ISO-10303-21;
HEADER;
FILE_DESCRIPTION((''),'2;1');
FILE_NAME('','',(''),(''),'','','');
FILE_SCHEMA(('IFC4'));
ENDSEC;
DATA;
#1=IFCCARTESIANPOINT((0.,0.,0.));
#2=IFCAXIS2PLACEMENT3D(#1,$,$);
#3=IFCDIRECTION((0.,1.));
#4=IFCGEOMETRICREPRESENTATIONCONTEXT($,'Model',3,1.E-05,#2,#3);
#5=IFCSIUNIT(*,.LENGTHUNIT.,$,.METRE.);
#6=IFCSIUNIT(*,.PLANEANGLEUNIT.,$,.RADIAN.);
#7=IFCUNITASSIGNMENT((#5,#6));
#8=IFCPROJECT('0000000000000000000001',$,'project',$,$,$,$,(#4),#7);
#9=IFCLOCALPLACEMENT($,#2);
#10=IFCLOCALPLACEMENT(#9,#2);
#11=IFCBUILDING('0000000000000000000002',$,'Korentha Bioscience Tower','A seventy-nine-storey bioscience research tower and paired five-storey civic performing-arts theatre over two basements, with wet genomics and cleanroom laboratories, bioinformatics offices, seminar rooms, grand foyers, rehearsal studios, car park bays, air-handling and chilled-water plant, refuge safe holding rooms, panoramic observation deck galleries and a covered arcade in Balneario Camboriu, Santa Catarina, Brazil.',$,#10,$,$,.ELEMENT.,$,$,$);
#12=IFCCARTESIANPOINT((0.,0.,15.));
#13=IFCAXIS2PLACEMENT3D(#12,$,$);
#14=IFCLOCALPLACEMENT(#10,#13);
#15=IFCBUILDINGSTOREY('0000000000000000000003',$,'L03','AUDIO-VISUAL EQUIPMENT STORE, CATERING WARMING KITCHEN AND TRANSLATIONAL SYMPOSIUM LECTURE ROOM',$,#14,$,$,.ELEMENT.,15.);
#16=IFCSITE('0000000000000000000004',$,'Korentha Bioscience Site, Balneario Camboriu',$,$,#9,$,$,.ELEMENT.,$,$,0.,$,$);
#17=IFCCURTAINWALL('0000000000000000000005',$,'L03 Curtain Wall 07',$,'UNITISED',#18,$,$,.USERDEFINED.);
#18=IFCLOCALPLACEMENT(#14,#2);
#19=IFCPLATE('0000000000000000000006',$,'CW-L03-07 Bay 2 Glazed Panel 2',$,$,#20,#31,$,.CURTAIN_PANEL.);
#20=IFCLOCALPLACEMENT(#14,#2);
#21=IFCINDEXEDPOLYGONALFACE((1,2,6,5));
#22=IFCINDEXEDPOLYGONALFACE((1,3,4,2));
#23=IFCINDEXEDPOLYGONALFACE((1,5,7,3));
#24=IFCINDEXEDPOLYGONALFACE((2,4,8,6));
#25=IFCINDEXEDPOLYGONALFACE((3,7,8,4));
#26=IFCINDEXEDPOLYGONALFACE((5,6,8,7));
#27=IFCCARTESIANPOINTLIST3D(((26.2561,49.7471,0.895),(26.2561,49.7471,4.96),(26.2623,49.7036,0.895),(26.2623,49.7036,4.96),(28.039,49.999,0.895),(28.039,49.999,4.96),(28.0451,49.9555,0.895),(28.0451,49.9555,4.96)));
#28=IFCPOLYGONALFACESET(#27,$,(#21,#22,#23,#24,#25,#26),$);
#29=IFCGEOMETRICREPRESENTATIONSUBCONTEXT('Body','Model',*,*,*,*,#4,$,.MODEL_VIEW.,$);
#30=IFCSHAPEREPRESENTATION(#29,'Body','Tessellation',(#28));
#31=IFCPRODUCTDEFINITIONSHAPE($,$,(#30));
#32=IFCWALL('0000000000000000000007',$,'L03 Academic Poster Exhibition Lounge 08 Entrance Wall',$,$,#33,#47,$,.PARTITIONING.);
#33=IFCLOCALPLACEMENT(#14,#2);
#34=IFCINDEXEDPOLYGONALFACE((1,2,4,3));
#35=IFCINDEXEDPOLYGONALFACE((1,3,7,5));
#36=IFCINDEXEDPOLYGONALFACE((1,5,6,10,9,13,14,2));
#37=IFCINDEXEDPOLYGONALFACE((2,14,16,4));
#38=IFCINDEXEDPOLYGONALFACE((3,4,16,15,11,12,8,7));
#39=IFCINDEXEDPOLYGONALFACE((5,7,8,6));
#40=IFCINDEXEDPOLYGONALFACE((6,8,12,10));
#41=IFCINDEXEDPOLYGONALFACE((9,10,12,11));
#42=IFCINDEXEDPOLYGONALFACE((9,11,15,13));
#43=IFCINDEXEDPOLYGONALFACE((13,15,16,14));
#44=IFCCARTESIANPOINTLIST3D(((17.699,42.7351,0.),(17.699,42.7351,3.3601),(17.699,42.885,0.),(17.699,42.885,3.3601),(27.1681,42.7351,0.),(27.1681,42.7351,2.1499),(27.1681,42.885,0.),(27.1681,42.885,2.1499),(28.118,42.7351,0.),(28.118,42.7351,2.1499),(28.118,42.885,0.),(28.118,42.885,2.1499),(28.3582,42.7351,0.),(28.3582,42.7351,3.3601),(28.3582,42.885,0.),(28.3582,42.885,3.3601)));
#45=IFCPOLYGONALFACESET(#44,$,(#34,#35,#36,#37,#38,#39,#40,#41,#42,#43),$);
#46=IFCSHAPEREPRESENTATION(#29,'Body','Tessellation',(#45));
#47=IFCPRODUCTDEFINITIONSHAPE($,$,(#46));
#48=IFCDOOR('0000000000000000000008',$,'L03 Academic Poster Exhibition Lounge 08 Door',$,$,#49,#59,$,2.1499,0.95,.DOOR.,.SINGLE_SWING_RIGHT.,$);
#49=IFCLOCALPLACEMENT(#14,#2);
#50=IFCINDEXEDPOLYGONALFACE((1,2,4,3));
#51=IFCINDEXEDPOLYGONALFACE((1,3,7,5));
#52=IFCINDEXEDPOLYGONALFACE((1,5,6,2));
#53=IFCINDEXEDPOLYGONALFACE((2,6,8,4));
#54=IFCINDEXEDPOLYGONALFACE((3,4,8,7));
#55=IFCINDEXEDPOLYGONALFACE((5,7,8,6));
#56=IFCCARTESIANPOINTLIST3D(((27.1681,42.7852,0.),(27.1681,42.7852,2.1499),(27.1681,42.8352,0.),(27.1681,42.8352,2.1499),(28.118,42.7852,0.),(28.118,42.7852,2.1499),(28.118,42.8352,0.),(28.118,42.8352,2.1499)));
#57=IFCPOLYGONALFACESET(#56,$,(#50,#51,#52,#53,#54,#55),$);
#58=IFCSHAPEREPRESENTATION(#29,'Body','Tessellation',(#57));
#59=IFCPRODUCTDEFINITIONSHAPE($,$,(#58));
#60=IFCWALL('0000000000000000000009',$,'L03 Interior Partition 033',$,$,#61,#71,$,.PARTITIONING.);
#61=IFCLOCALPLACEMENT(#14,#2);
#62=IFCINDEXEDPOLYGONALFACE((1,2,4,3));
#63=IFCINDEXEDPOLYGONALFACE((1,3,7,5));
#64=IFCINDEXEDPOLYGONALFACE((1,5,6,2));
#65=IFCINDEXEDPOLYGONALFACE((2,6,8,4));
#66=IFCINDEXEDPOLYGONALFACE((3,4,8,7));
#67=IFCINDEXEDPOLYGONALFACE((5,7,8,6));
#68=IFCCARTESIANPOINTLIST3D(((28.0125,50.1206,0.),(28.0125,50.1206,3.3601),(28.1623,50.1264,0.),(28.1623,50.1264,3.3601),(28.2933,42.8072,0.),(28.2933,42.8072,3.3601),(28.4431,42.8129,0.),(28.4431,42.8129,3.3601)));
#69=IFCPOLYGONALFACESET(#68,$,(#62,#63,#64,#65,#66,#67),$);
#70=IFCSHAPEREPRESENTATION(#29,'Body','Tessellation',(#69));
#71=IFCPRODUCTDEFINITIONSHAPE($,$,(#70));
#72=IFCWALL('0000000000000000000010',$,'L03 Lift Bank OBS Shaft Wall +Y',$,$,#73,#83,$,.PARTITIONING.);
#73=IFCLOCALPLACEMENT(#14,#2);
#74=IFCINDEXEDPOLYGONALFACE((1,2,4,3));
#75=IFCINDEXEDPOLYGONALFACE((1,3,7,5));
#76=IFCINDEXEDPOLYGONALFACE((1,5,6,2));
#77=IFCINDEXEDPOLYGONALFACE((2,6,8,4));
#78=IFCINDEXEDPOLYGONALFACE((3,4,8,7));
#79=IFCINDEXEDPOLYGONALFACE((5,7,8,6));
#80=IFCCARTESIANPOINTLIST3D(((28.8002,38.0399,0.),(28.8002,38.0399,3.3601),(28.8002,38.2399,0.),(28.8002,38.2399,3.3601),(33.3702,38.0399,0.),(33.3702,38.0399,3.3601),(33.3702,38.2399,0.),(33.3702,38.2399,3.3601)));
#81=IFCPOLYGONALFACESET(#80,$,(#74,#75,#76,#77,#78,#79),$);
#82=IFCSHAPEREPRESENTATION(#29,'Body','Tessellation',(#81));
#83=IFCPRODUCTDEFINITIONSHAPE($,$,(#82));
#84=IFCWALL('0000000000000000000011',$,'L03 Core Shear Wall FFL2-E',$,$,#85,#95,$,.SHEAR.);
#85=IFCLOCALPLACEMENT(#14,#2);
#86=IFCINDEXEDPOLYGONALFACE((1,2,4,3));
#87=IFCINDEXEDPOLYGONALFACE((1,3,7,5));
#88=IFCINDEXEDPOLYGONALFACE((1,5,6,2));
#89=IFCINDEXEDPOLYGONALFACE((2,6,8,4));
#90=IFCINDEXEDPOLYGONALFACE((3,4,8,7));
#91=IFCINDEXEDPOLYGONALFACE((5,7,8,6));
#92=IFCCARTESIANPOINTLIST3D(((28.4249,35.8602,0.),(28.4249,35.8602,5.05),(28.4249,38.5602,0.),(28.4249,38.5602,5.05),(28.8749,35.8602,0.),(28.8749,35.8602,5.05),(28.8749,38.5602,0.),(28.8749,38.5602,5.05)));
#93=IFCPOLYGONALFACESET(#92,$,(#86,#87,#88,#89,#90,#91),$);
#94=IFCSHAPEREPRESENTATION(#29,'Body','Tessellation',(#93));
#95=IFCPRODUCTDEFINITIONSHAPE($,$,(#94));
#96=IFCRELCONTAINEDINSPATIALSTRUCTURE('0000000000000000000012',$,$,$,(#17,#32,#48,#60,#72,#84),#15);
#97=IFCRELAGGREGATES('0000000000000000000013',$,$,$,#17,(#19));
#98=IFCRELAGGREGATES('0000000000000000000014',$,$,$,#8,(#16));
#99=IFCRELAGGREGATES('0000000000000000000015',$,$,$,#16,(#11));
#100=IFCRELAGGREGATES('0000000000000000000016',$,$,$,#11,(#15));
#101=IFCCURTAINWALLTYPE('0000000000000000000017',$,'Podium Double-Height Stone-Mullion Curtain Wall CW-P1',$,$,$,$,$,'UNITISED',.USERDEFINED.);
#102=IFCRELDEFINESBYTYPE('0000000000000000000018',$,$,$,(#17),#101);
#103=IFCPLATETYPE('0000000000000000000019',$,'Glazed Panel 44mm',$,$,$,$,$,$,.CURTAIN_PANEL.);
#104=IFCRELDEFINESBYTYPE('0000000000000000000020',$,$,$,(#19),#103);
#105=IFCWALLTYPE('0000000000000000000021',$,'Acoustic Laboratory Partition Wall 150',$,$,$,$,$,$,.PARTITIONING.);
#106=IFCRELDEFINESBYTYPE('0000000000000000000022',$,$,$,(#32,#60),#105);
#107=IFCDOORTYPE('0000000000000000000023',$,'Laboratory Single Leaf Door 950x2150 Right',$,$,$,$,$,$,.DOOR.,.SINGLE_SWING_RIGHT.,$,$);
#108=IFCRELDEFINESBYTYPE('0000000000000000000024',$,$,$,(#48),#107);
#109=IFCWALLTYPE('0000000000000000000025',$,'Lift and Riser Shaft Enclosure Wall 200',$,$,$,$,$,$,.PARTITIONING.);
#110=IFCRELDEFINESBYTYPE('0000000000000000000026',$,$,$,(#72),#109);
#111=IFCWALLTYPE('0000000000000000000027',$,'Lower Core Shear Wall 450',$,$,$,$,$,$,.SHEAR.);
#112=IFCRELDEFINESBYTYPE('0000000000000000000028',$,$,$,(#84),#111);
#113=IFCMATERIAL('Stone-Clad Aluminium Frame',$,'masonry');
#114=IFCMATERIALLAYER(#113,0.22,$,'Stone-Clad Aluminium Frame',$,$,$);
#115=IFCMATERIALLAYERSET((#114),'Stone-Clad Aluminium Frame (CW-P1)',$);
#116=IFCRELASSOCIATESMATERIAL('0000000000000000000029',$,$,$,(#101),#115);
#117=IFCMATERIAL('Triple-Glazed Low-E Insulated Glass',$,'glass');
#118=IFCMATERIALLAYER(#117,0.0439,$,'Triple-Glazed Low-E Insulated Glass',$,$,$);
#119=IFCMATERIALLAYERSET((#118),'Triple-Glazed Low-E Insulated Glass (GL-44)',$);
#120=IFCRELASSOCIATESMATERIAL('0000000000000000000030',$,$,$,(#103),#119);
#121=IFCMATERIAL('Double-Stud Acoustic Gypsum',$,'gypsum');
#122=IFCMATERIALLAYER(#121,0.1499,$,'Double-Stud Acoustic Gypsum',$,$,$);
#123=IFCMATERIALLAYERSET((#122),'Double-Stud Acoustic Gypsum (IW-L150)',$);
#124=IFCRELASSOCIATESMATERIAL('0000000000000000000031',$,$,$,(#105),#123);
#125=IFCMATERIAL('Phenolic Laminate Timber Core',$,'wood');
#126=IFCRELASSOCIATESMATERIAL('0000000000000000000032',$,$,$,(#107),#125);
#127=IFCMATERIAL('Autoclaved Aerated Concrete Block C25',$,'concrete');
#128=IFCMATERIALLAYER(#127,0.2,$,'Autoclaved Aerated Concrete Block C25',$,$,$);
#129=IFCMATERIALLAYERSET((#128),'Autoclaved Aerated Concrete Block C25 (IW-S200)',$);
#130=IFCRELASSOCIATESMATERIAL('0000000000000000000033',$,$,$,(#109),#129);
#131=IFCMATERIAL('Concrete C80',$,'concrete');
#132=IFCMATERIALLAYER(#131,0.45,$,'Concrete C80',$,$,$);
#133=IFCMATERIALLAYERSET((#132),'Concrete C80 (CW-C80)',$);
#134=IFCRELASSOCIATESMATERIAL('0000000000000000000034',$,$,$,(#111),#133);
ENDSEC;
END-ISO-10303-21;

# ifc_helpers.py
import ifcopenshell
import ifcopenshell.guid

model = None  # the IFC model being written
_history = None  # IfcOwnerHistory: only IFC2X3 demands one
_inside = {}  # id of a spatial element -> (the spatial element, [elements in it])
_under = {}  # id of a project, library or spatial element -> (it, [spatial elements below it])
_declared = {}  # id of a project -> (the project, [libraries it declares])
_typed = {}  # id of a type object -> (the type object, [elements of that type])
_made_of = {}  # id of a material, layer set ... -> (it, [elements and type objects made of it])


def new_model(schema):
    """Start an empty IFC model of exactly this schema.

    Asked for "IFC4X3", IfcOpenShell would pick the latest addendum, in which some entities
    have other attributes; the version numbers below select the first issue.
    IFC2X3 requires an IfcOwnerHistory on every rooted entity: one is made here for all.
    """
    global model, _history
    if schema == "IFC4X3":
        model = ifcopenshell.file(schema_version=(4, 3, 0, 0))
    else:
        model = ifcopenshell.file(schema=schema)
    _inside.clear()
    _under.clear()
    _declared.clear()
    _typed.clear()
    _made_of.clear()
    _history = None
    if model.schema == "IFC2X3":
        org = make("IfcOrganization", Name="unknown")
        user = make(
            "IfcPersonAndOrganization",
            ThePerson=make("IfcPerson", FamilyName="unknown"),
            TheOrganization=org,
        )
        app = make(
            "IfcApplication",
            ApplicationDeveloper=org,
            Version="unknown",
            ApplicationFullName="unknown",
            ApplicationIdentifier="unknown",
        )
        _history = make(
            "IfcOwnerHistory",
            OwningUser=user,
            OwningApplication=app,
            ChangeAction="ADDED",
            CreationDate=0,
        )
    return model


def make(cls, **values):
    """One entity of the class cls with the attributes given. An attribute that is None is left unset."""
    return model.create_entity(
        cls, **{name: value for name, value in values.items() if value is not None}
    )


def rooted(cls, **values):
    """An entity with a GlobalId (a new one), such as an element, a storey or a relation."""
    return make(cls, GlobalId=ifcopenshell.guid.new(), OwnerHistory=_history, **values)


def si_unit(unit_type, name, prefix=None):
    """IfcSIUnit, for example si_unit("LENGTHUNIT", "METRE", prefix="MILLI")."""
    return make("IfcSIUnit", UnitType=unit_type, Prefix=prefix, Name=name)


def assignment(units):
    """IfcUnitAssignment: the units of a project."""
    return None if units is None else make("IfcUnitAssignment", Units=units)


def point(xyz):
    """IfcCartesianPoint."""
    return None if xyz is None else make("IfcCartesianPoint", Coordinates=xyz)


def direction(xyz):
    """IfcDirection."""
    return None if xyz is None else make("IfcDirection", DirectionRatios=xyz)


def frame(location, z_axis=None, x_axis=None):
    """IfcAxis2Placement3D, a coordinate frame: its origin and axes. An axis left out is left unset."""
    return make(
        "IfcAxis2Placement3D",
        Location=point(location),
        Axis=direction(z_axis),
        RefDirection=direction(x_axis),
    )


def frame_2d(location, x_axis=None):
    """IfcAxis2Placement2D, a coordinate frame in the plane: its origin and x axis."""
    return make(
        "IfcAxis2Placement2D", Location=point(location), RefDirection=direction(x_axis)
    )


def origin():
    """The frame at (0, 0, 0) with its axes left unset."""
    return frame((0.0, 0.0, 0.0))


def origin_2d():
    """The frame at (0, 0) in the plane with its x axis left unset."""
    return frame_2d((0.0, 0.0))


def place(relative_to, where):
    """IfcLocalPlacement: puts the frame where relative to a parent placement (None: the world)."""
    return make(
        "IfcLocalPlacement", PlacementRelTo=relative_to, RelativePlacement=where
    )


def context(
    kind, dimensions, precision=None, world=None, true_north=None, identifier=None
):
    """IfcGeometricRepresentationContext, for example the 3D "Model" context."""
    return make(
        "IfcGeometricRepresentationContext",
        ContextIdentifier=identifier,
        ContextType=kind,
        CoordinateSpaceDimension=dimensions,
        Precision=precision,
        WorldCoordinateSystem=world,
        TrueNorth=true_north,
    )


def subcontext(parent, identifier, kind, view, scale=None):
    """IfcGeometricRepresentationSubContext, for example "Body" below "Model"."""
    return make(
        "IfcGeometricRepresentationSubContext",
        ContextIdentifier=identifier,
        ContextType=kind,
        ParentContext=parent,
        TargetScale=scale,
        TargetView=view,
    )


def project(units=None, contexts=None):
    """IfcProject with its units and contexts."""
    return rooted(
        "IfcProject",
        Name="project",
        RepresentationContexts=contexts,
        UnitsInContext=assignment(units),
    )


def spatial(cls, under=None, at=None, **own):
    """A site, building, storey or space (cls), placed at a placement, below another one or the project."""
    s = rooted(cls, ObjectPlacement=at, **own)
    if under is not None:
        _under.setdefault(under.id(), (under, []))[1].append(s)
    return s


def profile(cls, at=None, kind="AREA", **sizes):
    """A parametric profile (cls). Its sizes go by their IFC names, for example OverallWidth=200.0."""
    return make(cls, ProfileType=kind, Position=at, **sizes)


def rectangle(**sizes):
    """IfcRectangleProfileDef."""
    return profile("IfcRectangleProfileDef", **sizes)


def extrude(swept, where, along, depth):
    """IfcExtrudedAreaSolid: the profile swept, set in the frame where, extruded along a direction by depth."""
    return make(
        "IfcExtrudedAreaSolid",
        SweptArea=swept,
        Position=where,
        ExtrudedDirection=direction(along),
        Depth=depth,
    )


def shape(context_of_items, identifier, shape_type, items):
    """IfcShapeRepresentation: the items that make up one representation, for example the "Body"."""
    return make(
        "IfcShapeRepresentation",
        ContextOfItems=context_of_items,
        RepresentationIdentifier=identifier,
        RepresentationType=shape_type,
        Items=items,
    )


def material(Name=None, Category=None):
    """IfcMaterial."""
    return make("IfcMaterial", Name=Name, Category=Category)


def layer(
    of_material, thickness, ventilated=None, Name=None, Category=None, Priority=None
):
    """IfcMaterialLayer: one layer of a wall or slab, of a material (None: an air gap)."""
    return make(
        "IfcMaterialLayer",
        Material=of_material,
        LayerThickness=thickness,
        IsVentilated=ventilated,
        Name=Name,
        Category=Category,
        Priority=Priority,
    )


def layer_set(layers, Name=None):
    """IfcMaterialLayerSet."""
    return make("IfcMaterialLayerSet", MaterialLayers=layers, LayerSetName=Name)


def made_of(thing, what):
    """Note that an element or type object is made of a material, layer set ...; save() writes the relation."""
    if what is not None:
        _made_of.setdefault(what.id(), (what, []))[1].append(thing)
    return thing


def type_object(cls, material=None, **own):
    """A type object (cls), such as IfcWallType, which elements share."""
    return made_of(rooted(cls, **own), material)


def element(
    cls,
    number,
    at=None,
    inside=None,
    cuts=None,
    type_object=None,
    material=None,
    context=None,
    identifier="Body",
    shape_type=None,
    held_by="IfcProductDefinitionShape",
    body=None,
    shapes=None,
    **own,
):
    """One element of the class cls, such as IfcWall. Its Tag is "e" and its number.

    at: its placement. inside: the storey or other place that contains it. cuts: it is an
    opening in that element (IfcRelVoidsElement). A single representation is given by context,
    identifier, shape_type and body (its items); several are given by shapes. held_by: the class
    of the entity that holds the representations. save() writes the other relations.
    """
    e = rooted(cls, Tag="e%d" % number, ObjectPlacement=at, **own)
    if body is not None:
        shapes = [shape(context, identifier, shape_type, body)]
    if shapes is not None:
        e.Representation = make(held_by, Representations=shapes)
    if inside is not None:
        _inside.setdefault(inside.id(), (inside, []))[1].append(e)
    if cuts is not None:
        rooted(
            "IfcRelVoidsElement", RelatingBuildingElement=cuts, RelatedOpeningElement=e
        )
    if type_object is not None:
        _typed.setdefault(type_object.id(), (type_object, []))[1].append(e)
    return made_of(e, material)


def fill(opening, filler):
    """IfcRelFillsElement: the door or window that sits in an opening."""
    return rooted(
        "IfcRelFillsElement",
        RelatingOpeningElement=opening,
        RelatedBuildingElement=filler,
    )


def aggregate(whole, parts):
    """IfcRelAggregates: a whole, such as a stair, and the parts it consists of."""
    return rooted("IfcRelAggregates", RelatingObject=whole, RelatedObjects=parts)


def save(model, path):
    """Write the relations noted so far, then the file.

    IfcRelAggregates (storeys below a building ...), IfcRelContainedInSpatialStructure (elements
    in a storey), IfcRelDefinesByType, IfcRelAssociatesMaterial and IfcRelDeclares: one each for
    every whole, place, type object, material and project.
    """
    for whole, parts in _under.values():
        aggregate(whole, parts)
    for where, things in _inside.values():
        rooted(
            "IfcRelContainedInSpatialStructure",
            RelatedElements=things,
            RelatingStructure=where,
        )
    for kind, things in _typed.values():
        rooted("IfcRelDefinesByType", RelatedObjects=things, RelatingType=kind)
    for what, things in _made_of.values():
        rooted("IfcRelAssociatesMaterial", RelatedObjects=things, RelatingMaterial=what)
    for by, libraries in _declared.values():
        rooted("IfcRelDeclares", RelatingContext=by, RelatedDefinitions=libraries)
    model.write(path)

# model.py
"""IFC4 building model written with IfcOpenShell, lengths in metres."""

from ifc_helpers import new_model, si_unit, direction, frame, frame_2d, origin, origin_2d, place, context, subcontext, project, spatial, rectangle, extrude, material, layer, layer_set, type_object, element, fill, aggregate, save


model = new_model("IFC4")

# Units and contexts
model_context = context("Model", 3, precision=1e-05, world=origin(), true_north=direction((0.0, 1.0)))
body_context = subcontext(model_context, "Body", "Model", "MODEL_VIEW")
ifc_project = project(units=[si_unit("LENGTHUNIT", "METRE"), si_unit("PLANEANGLEUNIT", "RADIAN")], contexts=[model_context])

# Site, building, storey
site_placement = place(None, origin())
site = spatial("IfcSite", under=ifc_project, at=site_placement, Name="Korentha Bioscience Site, Balneario Camboriu", CompositionType="ELEMENT", RefElevation=0.0)
building_placement = place(site_placement, origin())
building = spatial("IfcBuilding", under=site, at=building_placement, Name="Korentha Bioscience Tower", Description="A seventy-nine-storey bioscience research tower and paired five-storey civic performing-arts theatre over two basements, with wet genomics and cleanroom laboratories, bioinformatics offices, seminar rooms, grand foyers, rehearsal studios, car park bays, air-handling and chilled-water plant, refuge safe holding rooms, panoramic observation deck galleries and a covered arcade in Balneario Camboriu, Santa Catarina, Brazil.", CompositionType="ELEMENT")
storey_placement = place(building_placement, frame((0.0, 0.0, 15.0)))
storey = spatial("IfcBuildingStorey", under=building, at=storey_placement, Name="L03", Description="AUDIO-VISUAL EQUIPMENT STORE, CATERING WARMING KITCHEN AND TRANSLATIONAL SYMPOSIUM LECTURE ROOM", CompositionType="ELEMENT", Elevation=15.0)

# Shared definitions
ifc_material_1 = material(Name="Concrete C80", Category="concrete")

# Curtain wall, plate
ifc_material_2 = material(Name="Stone-Clad Aluminium Frame", Category="masonry")
ifc_layer_1 = layer(ifc_material_2, 0.22, Name="Stone-Clad Aluminium Frame")
ifc_layer_set_1 = layer_set([ifc_layer_1], Name="Stone-Clad Aluminium Frame (CW-P1)")
curtain_wall_type = type_object("IfcCurtainWallType", Name="Podium Double-Height Stone-Mullion Curtain Wall CW-P1", ElementType="UNITISED", PredefinedType="USERDEFINED", material=ifc_layer_set_1)
curtain_wall_placement = place(storey_placement, origin())
curtain_wall = element("IfcCurtainWall", 1, at=curtain_wall_placement, inside=storey, type_object=curtain_wall_type, Name="L03 Curtain Wall 07", ObjectType="UNITISED", PredefinedType="USERDEFINED")
ifc_material_3 = material(Name="Triple-Glazed Low-E Insulated Glass", Category="glass")
ifc_layer_2 = layer(ifc_material_3, 0.0439, Name="Triple-Glazed Low-E Insulated Glass")
ifc_layer_set_2 = layer_set([ifc_layer_2], Name="Triple-Glazed Low-E Insulated Glass (GL-44)")
plate_type = type_object("IfcPlateType", Name="Glazed Panel 44mm", PredefinedType="CURTAIN_PANEL", material=ifc_layer_set_2)
plate_1_placement = place(storey_placement, frame((27.1506, 49.8513, 0.895), z_axis=(0.0, 0.0, 1.0), x_axis=(-0.990167, -0.139888, 0.0)))
plate_1 = element("IfcPlate", 2, at=plate_1_placement, type_object=plate_type, Name="CW-L03-07 Bay 2 Glazed Panel 2", PredefinedType="CURTAIN_PANEL", context=body_context, shape_type="SweptSolid", body=[
    extrude(rectangle(XDim=1.8005, YDim=0.0439, at=origin_2d()), origin(), (0.0, 0.0, 1.0), 4.0649),
])
aggregate(curtain_wall, [plate_1])

# Wall, opening, door
ifc_material_4 = material(Name="Double-Stud Acoustic Gypsum", Category="gypsum")
ifc_layer_3 = layer(ifc_material_4, 0.1499, Name="Double-Stud Acoustic Gypsum")
ifc_layer_set_3 = layer_set([ifc_layer_3], Name="Double-Stud Acoustic Gypsum (IW-L150)")
wall_type_1 = type_object("IfcWallType", Name="Acoustic Laboratory Partition Wall 150", PredefinedType="PARTITIONING", material=ifc_layer_set_3)
wall_1_placement = place(storey_placement, frame((28.3582, 42.8101, 0.0), z_axis=(0.0, 0.0, 1.0), x_axis=(-1.0, 0.0, 0.0)))
wall_1 = element("IfcWall", 3, at=wall_1_placement, inside=storey, type_object=wall_type_1, Name="L03 Academic Poster Exhibition Lounge 08 Entrance Wall", PredefinedType="PARTITIONING", context=body_context, shape_type="SweptSolid", body=[
    extrude(rectangle(XDim=10.6592, YDim=0.1499, at=frame_2d((5.3296, 0.0))), origin(), (0.0, 0.0, 1.0), 3.3601),
])
opening_placement = place(wall_1_placement, frame((0.24, 0.0, 0.0)))
opening = element("IfcOpeningElement", 4, at=opening_placement, cuts=wall_1, PredefinedType="OPENING", context=body_context, shape_type="SweptSolid", body=[
    extrude(rectangle(XDim=0.95, YDim=2.1499, at=frame_2d((0.4751, 1.075))), frame((0.0, 0.0898, 0.0), z_axis=(0.0, -1.0, 0.0), x_axis=(1.0, 0.0, 0.0)), (0.0, 0.0, 1.0), 0.1797),
])
ifc_material_5 = material(Name="Phenolic Laminate Timber Core", Category="wood")
door_type = type_object("IfcDoorType", Name="Laboratory Single Leaf Door 950x2150 Right", OperationType="SINGLE_SWING_RIGHT", PredefinedType="DOOR", material=ifc_material_5)
door_placement = place(opening_placement, origin())
door = element("IfcDoor", 5, at=door_placement, inside=storey, type_object=door_type, Name="L03 Academic Poster Exhibition Lounge 08 Door", OperationType="SINGLE_SWING_RIGHT", OverallHeight=2.1499, OverallWidth=0.95, PredefinedType="DOOR", context=body_context, shape_type="SweptSolid", body=[
    extrude(rectangle(XDim=0.95, YDim=2.1499, at=frame_2d((0.4751, 1.075))), frame((0.0, 0.0249, 0.0), z_axis=(0.0, -1.0, 0.0), x_axis=(1.0, 0.0, 0.0)), (0.0, 0.0, 1.0), 0.05),
])
fill(opening, door)

# Walls
wall_2_placement = place(storey_placement, frame((28.3682, 42.8101, 0.0), z_axis=(0.0, 0.0, 1.0), x_axis=(-0.038361, 0.999264, 0.0)))
element("IfcWall", 6, at=wall_2_placement, inside=storey, type_object=wall_type_1, Name="L03 Interior Partition 033", PredefinedType="PARTITIONING", context=body_context, shape_type="SweptSolid", body=[
    extrude(rectangle(XDim=7.3188, YDim=0.1499, at=frame_2d((3.6594, 0.0))), origin(), (0.0, 0.0, 1.0), 3.3601),
])
ifc_material_6 = material(Name="Autoclaved Aerated Concrete Block C25", Category="concrete")
ifc_layer_4 = layer(ifc_material_6, 0.2, Name="Autoclaved Aerated Concrete Block C25")
ifc_layer_set_4 = layer_set([ifc_layer_4], Name="Autoclaved Aerated Concrete Block C25 (IW-S200)")
wall_type_2 = type_object("IfcWallType", Name="Lift and Riser Shaft Enclosure Wall 200", PredefinedType="PARTITIONING", material=ifc_layer_set_4)
wall_3_placement = place(storey_placement, frame((28.8, 38.1399, 0.0), z_axis=(0.0, 0.0, 1.0), x_axis=(1.0, 0.0, 0.0)))
element("IfcWall", 7, at=wall_3_placement, inside=storey, type_object=wall_type_2, Name="L03 Lift Bank OBS Shaft Wall +Y", PredefinedType="PARTITIONING", context=body_context, shape_type="SweptSolid", body=[
    extrude(rectangle(XDim=4.5701, YDim=0.2, at=frame_2d((2.2852, 0.0))), origin(), (0.0, 0.0, 1.0), 3.3601),
])
ifc_layer_5 = layer(ifc_material_1, 0.45, Name="Concrete C80")
ifc_layer_set_5 = layer_set([ifc_layer_5], Name="Concrete C80 (CW-C80)")
wall_type_3 = type_object("IfcWallType", Name="Lower Core Shear Wall 450", PredefinedType="SHEAR", material=ifc_layer_set_5)
wall_4_placement = place(storey_placement, frame((28.6499, 35.8601, 0.0), z_axis=(0.0, 0.0, 1.0), x_axis=(0.0, 1.0, 0.0)))
element("IfcWall", 8, at=wall_4_placement, inside=storey, type_object=wall_type_3, Name="L03 Core Shear Wall FFL2-E", PredefinedType="SHEAR", context=body_context, shape_type="SweptSolid", body=[
    extrude(rectangle(XDim=2.7, YDim=0.45, at=frame_2d((1.3501, 0.0))), origin(), (0.0, 0.0, 1.0), 5.05),
])

save(model, "model.ifc")
